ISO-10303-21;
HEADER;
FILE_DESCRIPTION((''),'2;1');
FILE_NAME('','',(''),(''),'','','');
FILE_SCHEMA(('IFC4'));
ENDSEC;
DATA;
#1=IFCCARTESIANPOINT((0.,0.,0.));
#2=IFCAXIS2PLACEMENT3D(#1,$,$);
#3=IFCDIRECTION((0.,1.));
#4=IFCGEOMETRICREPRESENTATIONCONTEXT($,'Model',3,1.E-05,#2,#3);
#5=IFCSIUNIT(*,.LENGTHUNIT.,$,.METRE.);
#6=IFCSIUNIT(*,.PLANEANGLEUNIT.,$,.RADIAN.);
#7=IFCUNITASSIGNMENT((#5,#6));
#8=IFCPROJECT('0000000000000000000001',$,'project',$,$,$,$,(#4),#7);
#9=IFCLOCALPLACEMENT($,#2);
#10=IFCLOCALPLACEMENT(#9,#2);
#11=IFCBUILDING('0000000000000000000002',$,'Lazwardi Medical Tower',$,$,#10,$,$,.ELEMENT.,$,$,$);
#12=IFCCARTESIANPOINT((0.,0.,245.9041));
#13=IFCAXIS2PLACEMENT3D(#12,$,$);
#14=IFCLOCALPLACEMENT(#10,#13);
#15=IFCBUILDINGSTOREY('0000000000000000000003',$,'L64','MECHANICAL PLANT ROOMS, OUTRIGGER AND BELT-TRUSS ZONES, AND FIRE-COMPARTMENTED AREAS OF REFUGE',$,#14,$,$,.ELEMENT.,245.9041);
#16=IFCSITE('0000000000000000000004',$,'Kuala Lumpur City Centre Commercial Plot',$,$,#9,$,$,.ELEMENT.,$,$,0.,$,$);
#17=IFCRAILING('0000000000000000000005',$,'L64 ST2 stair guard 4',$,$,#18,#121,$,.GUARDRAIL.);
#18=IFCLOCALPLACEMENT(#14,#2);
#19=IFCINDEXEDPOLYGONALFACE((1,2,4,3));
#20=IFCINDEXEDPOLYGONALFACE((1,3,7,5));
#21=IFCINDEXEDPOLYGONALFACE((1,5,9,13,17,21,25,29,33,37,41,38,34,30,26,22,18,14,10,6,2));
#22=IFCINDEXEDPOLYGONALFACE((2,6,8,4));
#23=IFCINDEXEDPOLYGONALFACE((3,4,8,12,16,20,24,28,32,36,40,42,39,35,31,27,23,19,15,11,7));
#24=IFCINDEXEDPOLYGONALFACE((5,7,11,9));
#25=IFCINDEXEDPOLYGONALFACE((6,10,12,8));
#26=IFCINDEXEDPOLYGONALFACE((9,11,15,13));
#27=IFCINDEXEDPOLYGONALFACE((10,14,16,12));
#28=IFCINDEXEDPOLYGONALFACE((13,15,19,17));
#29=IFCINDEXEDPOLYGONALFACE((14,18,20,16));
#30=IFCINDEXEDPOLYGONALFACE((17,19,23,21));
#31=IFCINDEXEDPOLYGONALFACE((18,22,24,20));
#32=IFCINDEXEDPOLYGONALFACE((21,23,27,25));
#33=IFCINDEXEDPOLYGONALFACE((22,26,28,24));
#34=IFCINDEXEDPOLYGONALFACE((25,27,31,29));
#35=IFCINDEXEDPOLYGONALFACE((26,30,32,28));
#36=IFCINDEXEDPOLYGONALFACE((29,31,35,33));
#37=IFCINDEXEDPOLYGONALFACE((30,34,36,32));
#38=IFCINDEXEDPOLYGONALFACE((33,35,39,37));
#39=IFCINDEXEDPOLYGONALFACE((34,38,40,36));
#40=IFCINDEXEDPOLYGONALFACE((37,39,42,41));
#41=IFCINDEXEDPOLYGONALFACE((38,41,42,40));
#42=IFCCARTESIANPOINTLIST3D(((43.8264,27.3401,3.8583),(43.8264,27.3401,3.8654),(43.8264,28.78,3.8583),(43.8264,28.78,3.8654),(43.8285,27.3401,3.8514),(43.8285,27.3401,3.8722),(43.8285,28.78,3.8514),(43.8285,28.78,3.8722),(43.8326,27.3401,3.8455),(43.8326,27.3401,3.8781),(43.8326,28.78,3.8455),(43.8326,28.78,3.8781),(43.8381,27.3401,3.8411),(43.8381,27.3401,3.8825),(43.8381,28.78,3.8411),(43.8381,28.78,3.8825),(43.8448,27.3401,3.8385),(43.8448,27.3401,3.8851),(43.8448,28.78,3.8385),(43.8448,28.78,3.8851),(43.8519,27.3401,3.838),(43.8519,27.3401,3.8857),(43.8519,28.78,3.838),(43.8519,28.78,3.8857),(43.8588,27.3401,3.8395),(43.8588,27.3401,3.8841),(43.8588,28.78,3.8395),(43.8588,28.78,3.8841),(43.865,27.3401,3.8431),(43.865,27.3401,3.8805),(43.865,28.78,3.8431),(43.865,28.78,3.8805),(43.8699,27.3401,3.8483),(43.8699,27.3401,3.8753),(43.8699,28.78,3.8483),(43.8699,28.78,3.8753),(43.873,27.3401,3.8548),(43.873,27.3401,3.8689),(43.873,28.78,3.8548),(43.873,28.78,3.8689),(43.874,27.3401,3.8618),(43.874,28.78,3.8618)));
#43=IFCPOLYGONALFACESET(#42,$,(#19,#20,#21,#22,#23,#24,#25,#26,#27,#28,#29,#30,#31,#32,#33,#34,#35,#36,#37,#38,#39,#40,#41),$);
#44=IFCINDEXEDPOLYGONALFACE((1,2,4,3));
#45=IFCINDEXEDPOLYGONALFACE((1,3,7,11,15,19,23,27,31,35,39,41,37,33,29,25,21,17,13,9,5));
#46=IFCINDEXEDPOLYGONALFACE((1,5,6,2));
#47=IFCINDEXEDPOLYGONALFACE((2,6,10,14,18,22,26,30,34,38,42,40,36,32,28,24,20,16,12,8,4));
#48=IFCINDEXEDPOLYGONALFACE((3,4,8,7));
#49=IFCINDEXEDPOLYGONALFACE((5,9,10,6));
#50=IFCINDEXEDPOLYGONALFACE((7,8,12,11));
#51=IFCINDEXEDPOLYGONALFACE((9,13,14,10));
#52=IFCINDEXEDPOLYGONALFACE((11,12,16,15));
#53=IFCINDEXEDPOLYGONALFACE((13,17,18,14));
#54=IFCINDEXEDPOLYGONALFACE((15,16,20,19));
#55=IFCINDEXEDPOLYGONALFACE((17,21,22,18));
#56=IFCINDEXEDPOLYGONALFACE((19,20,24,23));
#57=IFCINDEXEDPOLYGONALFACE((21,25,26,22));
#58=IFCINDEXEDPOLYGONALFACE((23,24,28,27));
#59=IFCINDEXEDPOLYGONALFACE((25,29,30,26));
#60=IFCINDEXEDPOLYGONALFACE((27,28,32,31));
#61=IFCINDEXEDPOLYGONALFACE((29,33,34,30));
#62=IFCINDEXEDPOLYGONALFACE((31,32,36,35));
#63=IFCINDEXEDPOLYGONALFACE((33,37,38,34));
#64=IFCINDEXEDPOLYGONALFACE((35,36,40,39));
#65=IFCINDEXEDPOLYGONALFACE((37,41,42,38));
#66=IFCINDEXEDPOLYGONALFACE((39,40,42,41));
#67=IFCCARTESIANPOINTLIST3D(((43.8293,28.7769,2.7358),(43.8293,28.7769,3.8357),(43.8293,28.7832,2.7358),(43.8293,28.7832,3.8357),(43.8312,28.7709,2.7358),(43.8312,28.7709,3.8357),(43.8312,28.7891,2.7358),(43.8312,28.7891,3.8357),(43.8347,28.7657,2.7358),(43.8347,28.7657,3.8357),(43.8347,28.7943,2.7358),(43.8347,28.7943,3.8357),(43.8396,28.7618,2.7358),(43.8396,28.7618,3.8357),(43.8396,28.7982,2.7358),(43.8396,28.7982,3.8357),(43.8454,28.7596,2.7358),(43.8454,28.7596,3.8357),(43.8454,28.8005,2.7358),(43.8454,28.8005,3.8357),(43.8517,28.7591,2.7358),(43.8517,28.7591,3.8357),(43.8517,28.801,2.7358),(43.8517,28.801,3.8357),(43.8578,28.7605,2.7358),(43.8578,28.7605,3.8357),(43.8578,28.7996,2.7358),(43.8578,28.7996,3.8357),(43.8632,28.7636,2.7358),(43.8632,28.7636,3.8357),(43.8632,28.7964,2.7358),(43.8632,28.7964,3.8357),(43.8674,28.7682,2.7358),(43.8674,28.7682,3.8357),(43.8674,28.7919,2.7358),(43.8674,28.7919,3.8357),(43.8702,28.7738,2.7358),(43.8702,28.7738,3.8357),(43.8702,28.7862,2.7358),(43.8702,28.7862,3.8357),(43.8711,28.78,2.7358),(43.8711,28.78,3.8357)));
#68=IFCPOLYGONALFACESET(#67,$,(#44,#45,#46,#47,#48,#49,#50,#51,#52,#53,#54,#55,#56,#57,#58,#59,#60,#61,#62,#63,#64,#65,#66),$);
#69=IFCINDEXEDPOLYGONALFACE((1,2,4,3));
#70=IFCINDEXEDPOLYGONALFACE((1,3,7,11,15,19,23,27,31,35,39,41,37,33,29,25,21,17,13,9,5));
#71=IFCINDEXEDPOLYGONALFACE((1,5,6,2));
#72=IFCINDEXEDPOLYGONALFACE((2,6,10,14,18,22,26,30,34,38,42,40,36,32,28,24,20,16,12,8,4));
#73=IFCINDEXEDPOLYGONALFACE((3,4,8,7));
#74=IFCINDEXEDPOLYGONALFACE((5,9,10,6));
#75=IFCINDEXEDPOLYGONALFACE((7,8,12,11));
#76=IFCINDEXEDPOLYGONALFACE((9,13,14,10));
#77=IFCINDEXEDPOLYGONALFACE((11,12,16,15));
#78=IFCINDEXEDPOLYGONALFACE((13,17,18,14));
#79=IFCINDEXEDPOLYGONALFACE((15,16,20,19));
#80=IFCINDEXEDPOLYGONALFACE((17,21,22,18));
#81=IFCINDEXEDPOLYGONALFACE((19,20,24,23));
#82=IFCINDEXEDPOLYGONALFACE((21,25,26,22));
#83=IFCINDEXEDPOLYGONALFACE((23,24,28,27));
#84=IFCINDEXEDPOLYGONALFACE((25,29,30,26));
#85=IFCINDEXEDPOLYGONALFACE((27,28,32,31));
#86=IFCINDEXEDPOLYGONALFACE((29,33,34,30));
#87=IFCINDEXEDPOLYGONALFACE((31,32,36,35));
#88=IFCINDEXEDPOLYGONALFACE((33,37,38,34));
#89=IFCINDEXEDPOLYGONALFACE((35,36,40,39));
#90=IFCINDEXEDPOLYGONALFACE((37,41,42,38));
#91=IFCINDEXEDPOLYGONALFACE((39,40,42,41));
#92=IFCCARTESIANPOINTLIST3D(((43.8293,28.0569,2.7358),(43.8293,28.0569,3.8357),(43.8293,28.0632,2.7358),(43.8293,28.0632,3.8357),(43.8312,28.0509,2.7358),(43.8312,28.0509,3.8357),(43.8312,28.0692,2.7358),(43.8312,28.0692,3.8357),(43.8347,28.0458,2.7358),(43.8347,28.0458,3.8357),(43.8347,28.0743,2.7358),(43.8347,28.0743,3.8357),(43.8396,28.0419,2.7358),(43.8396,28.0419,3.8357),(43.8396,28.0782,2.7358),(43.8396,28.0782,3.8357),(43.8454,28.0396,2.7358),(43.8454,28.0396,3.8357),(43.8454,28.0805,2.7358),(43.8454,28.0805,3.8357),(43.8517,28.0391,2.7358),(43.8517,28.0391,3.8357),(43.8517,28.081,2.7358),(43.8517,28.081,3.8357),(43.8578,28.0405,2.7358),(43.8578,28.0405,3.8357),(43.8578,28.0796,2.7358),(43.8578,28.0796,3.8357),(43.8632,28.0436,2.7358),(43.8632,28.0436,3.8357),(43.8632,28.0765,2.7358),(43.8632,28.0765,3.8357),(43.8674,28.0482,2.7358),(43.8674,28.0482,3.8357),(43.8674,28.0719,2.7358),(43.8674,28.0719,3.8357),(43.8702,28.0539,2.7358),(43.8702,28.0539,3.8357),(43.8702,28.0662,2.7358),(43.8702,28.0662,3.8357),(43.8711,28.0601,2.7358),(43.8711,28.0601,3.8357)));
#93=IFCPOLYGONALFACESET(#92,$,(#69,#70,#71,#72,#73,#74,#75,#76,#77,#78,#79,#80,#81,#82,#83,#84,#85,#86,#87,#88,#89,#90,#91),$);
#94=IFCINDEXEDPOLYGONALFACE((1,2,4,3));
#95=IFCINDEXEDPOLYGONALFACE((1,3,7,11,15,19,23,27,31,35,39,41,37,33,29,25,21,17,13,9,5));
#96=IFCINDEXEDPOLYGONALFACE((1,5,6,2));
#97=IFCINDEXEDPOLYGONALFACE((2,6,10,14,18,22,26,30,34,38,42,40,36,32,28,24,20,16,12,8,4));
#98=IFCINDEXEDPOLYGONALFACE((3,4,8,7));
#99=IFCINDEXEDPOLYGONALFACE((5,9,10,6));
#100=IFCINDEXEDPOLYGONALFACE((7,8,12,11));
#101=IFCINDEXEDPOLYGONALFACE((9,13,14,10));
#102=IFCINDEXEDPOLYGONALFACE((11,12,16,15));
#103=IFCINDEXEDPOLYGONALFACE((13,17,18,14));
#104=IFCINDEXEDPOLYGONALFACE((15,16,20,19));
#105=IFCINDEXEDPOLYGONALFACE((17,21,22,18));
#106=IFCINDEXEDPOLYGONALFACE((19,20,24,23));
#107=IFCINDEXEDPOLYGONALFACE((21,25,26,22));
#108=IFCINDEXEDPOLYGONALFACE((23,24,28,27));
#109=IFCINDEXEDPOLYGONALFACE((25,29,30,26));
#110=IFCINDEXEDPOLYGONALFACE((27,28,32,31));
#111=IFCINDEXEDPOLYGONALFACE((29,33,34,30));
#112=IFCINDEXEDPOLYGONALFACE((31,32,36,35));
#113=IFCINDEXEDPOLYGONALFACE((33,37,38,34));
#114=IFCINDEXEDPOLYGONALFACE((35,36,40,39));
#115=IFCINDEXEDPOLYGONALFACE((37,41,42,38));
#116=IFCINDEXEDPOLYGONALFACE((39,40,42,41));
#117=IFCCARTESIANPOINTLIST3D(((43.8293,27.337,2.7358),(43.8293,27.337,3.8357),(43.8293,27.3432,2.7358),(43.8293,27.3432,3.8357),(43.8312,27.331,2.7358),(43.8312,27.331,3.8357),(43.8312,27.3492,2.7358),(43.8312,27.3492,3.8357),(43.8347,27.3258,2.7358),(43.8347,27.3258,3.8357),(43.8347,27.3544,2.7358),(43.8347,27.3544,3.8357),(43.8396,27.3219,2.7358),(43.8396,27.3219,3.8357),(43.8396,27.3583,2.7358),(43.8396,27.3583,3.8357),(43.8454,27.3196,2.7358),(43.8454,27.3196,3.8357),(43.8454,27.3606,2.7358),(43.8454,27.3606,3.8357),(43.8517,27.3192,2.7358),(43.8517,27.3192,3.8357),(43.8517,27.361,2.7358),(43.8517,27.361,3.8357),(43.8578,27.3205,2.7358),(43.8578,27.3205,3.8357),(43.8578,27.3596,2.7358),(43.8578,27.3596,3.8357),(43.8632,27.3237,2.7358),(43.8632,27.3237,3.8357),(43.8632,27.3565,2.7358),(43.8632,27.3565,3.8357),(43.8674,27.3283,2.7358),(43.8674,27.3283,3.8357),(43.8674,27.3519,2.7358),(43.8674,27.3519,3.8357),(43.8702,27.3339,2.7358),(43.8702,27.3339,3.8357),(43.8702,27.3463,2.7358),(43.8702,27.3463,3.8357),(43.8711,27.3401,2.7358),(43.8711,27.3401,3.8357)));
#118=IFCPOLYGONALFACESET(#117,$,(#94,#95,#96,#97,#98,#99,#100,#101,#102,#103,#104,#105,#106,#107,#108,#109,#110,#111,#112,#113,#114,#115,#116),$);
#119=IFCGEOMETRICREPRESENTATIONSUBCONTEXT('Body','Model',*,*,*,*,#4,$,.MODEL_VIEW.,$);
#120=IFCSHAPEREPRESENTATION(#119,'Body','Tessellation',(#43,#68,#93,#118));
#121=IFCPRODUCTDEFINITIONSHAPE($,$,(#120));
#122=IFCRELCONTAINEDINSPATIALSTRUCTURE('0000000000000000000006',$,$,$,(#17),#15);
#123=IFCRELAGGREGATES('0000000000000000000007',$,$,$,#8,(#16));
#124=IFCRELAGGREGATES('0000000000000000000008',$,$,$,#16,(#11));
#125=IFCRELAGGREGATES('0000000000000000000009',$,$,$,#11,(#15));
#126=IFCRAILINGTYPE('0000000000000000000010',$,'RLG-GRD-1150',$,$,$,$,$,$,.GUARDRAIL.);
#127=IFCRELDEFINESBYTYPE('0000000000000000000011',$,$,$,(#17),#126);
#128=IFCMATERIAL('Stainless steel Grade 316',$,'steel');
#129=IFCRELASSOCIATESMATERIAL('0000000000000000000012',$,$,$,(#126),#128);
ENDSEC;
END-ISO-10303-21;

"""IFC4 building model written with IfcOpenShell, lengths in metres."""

from ifc_helpers import new_model, si_unit, direction, frame, origin, origin_2d, place, context, subcontext, project, spatial, circle, extrude, material, type_object, element, save


model = new_model("IFC4")

# Units and contexts
model_context = context("Model", 3, precision=1e-05, world=origin(), true_north=direction((0.0, 1.0)))
body_context = subcontext(model_context, "Body", "Model", "MODEL_VIEW")
ifc_project = project(units=[si_unit("LENGTHUNIT", "METRE"), si_unit("PLANEANGLEUNIT", "RADIAN")], contexts=[model_context])

# Site, building, storey
site_placement = place(None, origin())
site = spatial("IfcSite", under=ifc_project, at=site_placement, Name="Kuala Lumpur City Centre Commercial Plot", CompositionType="ELEMENT", RefElevation=0.0)
building_placement = place(site_placement, origin())
building = spatial("IfcBuilding", under=site, at=building_placement, Name="Lazwardi Medical Tower", CompositionType="ELEMENT")
storey_placement = place(building_placement, frame((0.0, 0.0, 245.9041)))
storey = spatial("IfcBuildingStorey", under=building, at=storey_placement, Name="L64", Description="MECHANICAL PLANT ROOMS, OUTRIGGER AND BELT-TRUSS ZONES, AND FIRE-COMPARTMENTED AREAS OF REFUGE", CompositionType="ELEMENT", Elevation=245.9041)

# Railing
ifc_material_1 = material(Name="Stainless steel Grade 316", Category="steel")
railing_type_1 = type_object("IfcRailingType", Name="RLG-GRD-1150", PredefinedType="GUARDRAIL", material=ifc_material_1)
railing_1_placement = place(storey_placement, frame((43.8501, 28.78, 2.7358)))
element("IfcRailing", 1, at=railing_1_placement, inside=storey, type_object=railing_type_1, Name="L64 ST2 stair guard 4", PredefinedType="GUARDRAIL", context=body_context, shape_type="SweptSolid", body=[
    extrude(circle(Radius=0.0239, at=origin_2d()), frame((0.0, 0.0, 1.126), z_axis=(0.0, -1.0, 0.0), x_axis=(1.0, 0.0, 0.0)), (0.0, 0.0, 1.0), 1.4399),
    extrude(circle(Radius=0.021, at=origin_2d()), origin(), (0.0, 0.0, 1.0), 1.0999),
    extrude(circle(Radius=0.021, at=origin_2d()), frame((0.0, -0.72, 0.0)), (0.0, 0.0, 1.0), 1.0999),
    extrude(circle(Radius=0.021, at=origin_2d()), frame((0.0, -1.4399, 0.0)), (0.0, 0.0, 1.0), 1.0999),
])

save(model, "model.ifc")
